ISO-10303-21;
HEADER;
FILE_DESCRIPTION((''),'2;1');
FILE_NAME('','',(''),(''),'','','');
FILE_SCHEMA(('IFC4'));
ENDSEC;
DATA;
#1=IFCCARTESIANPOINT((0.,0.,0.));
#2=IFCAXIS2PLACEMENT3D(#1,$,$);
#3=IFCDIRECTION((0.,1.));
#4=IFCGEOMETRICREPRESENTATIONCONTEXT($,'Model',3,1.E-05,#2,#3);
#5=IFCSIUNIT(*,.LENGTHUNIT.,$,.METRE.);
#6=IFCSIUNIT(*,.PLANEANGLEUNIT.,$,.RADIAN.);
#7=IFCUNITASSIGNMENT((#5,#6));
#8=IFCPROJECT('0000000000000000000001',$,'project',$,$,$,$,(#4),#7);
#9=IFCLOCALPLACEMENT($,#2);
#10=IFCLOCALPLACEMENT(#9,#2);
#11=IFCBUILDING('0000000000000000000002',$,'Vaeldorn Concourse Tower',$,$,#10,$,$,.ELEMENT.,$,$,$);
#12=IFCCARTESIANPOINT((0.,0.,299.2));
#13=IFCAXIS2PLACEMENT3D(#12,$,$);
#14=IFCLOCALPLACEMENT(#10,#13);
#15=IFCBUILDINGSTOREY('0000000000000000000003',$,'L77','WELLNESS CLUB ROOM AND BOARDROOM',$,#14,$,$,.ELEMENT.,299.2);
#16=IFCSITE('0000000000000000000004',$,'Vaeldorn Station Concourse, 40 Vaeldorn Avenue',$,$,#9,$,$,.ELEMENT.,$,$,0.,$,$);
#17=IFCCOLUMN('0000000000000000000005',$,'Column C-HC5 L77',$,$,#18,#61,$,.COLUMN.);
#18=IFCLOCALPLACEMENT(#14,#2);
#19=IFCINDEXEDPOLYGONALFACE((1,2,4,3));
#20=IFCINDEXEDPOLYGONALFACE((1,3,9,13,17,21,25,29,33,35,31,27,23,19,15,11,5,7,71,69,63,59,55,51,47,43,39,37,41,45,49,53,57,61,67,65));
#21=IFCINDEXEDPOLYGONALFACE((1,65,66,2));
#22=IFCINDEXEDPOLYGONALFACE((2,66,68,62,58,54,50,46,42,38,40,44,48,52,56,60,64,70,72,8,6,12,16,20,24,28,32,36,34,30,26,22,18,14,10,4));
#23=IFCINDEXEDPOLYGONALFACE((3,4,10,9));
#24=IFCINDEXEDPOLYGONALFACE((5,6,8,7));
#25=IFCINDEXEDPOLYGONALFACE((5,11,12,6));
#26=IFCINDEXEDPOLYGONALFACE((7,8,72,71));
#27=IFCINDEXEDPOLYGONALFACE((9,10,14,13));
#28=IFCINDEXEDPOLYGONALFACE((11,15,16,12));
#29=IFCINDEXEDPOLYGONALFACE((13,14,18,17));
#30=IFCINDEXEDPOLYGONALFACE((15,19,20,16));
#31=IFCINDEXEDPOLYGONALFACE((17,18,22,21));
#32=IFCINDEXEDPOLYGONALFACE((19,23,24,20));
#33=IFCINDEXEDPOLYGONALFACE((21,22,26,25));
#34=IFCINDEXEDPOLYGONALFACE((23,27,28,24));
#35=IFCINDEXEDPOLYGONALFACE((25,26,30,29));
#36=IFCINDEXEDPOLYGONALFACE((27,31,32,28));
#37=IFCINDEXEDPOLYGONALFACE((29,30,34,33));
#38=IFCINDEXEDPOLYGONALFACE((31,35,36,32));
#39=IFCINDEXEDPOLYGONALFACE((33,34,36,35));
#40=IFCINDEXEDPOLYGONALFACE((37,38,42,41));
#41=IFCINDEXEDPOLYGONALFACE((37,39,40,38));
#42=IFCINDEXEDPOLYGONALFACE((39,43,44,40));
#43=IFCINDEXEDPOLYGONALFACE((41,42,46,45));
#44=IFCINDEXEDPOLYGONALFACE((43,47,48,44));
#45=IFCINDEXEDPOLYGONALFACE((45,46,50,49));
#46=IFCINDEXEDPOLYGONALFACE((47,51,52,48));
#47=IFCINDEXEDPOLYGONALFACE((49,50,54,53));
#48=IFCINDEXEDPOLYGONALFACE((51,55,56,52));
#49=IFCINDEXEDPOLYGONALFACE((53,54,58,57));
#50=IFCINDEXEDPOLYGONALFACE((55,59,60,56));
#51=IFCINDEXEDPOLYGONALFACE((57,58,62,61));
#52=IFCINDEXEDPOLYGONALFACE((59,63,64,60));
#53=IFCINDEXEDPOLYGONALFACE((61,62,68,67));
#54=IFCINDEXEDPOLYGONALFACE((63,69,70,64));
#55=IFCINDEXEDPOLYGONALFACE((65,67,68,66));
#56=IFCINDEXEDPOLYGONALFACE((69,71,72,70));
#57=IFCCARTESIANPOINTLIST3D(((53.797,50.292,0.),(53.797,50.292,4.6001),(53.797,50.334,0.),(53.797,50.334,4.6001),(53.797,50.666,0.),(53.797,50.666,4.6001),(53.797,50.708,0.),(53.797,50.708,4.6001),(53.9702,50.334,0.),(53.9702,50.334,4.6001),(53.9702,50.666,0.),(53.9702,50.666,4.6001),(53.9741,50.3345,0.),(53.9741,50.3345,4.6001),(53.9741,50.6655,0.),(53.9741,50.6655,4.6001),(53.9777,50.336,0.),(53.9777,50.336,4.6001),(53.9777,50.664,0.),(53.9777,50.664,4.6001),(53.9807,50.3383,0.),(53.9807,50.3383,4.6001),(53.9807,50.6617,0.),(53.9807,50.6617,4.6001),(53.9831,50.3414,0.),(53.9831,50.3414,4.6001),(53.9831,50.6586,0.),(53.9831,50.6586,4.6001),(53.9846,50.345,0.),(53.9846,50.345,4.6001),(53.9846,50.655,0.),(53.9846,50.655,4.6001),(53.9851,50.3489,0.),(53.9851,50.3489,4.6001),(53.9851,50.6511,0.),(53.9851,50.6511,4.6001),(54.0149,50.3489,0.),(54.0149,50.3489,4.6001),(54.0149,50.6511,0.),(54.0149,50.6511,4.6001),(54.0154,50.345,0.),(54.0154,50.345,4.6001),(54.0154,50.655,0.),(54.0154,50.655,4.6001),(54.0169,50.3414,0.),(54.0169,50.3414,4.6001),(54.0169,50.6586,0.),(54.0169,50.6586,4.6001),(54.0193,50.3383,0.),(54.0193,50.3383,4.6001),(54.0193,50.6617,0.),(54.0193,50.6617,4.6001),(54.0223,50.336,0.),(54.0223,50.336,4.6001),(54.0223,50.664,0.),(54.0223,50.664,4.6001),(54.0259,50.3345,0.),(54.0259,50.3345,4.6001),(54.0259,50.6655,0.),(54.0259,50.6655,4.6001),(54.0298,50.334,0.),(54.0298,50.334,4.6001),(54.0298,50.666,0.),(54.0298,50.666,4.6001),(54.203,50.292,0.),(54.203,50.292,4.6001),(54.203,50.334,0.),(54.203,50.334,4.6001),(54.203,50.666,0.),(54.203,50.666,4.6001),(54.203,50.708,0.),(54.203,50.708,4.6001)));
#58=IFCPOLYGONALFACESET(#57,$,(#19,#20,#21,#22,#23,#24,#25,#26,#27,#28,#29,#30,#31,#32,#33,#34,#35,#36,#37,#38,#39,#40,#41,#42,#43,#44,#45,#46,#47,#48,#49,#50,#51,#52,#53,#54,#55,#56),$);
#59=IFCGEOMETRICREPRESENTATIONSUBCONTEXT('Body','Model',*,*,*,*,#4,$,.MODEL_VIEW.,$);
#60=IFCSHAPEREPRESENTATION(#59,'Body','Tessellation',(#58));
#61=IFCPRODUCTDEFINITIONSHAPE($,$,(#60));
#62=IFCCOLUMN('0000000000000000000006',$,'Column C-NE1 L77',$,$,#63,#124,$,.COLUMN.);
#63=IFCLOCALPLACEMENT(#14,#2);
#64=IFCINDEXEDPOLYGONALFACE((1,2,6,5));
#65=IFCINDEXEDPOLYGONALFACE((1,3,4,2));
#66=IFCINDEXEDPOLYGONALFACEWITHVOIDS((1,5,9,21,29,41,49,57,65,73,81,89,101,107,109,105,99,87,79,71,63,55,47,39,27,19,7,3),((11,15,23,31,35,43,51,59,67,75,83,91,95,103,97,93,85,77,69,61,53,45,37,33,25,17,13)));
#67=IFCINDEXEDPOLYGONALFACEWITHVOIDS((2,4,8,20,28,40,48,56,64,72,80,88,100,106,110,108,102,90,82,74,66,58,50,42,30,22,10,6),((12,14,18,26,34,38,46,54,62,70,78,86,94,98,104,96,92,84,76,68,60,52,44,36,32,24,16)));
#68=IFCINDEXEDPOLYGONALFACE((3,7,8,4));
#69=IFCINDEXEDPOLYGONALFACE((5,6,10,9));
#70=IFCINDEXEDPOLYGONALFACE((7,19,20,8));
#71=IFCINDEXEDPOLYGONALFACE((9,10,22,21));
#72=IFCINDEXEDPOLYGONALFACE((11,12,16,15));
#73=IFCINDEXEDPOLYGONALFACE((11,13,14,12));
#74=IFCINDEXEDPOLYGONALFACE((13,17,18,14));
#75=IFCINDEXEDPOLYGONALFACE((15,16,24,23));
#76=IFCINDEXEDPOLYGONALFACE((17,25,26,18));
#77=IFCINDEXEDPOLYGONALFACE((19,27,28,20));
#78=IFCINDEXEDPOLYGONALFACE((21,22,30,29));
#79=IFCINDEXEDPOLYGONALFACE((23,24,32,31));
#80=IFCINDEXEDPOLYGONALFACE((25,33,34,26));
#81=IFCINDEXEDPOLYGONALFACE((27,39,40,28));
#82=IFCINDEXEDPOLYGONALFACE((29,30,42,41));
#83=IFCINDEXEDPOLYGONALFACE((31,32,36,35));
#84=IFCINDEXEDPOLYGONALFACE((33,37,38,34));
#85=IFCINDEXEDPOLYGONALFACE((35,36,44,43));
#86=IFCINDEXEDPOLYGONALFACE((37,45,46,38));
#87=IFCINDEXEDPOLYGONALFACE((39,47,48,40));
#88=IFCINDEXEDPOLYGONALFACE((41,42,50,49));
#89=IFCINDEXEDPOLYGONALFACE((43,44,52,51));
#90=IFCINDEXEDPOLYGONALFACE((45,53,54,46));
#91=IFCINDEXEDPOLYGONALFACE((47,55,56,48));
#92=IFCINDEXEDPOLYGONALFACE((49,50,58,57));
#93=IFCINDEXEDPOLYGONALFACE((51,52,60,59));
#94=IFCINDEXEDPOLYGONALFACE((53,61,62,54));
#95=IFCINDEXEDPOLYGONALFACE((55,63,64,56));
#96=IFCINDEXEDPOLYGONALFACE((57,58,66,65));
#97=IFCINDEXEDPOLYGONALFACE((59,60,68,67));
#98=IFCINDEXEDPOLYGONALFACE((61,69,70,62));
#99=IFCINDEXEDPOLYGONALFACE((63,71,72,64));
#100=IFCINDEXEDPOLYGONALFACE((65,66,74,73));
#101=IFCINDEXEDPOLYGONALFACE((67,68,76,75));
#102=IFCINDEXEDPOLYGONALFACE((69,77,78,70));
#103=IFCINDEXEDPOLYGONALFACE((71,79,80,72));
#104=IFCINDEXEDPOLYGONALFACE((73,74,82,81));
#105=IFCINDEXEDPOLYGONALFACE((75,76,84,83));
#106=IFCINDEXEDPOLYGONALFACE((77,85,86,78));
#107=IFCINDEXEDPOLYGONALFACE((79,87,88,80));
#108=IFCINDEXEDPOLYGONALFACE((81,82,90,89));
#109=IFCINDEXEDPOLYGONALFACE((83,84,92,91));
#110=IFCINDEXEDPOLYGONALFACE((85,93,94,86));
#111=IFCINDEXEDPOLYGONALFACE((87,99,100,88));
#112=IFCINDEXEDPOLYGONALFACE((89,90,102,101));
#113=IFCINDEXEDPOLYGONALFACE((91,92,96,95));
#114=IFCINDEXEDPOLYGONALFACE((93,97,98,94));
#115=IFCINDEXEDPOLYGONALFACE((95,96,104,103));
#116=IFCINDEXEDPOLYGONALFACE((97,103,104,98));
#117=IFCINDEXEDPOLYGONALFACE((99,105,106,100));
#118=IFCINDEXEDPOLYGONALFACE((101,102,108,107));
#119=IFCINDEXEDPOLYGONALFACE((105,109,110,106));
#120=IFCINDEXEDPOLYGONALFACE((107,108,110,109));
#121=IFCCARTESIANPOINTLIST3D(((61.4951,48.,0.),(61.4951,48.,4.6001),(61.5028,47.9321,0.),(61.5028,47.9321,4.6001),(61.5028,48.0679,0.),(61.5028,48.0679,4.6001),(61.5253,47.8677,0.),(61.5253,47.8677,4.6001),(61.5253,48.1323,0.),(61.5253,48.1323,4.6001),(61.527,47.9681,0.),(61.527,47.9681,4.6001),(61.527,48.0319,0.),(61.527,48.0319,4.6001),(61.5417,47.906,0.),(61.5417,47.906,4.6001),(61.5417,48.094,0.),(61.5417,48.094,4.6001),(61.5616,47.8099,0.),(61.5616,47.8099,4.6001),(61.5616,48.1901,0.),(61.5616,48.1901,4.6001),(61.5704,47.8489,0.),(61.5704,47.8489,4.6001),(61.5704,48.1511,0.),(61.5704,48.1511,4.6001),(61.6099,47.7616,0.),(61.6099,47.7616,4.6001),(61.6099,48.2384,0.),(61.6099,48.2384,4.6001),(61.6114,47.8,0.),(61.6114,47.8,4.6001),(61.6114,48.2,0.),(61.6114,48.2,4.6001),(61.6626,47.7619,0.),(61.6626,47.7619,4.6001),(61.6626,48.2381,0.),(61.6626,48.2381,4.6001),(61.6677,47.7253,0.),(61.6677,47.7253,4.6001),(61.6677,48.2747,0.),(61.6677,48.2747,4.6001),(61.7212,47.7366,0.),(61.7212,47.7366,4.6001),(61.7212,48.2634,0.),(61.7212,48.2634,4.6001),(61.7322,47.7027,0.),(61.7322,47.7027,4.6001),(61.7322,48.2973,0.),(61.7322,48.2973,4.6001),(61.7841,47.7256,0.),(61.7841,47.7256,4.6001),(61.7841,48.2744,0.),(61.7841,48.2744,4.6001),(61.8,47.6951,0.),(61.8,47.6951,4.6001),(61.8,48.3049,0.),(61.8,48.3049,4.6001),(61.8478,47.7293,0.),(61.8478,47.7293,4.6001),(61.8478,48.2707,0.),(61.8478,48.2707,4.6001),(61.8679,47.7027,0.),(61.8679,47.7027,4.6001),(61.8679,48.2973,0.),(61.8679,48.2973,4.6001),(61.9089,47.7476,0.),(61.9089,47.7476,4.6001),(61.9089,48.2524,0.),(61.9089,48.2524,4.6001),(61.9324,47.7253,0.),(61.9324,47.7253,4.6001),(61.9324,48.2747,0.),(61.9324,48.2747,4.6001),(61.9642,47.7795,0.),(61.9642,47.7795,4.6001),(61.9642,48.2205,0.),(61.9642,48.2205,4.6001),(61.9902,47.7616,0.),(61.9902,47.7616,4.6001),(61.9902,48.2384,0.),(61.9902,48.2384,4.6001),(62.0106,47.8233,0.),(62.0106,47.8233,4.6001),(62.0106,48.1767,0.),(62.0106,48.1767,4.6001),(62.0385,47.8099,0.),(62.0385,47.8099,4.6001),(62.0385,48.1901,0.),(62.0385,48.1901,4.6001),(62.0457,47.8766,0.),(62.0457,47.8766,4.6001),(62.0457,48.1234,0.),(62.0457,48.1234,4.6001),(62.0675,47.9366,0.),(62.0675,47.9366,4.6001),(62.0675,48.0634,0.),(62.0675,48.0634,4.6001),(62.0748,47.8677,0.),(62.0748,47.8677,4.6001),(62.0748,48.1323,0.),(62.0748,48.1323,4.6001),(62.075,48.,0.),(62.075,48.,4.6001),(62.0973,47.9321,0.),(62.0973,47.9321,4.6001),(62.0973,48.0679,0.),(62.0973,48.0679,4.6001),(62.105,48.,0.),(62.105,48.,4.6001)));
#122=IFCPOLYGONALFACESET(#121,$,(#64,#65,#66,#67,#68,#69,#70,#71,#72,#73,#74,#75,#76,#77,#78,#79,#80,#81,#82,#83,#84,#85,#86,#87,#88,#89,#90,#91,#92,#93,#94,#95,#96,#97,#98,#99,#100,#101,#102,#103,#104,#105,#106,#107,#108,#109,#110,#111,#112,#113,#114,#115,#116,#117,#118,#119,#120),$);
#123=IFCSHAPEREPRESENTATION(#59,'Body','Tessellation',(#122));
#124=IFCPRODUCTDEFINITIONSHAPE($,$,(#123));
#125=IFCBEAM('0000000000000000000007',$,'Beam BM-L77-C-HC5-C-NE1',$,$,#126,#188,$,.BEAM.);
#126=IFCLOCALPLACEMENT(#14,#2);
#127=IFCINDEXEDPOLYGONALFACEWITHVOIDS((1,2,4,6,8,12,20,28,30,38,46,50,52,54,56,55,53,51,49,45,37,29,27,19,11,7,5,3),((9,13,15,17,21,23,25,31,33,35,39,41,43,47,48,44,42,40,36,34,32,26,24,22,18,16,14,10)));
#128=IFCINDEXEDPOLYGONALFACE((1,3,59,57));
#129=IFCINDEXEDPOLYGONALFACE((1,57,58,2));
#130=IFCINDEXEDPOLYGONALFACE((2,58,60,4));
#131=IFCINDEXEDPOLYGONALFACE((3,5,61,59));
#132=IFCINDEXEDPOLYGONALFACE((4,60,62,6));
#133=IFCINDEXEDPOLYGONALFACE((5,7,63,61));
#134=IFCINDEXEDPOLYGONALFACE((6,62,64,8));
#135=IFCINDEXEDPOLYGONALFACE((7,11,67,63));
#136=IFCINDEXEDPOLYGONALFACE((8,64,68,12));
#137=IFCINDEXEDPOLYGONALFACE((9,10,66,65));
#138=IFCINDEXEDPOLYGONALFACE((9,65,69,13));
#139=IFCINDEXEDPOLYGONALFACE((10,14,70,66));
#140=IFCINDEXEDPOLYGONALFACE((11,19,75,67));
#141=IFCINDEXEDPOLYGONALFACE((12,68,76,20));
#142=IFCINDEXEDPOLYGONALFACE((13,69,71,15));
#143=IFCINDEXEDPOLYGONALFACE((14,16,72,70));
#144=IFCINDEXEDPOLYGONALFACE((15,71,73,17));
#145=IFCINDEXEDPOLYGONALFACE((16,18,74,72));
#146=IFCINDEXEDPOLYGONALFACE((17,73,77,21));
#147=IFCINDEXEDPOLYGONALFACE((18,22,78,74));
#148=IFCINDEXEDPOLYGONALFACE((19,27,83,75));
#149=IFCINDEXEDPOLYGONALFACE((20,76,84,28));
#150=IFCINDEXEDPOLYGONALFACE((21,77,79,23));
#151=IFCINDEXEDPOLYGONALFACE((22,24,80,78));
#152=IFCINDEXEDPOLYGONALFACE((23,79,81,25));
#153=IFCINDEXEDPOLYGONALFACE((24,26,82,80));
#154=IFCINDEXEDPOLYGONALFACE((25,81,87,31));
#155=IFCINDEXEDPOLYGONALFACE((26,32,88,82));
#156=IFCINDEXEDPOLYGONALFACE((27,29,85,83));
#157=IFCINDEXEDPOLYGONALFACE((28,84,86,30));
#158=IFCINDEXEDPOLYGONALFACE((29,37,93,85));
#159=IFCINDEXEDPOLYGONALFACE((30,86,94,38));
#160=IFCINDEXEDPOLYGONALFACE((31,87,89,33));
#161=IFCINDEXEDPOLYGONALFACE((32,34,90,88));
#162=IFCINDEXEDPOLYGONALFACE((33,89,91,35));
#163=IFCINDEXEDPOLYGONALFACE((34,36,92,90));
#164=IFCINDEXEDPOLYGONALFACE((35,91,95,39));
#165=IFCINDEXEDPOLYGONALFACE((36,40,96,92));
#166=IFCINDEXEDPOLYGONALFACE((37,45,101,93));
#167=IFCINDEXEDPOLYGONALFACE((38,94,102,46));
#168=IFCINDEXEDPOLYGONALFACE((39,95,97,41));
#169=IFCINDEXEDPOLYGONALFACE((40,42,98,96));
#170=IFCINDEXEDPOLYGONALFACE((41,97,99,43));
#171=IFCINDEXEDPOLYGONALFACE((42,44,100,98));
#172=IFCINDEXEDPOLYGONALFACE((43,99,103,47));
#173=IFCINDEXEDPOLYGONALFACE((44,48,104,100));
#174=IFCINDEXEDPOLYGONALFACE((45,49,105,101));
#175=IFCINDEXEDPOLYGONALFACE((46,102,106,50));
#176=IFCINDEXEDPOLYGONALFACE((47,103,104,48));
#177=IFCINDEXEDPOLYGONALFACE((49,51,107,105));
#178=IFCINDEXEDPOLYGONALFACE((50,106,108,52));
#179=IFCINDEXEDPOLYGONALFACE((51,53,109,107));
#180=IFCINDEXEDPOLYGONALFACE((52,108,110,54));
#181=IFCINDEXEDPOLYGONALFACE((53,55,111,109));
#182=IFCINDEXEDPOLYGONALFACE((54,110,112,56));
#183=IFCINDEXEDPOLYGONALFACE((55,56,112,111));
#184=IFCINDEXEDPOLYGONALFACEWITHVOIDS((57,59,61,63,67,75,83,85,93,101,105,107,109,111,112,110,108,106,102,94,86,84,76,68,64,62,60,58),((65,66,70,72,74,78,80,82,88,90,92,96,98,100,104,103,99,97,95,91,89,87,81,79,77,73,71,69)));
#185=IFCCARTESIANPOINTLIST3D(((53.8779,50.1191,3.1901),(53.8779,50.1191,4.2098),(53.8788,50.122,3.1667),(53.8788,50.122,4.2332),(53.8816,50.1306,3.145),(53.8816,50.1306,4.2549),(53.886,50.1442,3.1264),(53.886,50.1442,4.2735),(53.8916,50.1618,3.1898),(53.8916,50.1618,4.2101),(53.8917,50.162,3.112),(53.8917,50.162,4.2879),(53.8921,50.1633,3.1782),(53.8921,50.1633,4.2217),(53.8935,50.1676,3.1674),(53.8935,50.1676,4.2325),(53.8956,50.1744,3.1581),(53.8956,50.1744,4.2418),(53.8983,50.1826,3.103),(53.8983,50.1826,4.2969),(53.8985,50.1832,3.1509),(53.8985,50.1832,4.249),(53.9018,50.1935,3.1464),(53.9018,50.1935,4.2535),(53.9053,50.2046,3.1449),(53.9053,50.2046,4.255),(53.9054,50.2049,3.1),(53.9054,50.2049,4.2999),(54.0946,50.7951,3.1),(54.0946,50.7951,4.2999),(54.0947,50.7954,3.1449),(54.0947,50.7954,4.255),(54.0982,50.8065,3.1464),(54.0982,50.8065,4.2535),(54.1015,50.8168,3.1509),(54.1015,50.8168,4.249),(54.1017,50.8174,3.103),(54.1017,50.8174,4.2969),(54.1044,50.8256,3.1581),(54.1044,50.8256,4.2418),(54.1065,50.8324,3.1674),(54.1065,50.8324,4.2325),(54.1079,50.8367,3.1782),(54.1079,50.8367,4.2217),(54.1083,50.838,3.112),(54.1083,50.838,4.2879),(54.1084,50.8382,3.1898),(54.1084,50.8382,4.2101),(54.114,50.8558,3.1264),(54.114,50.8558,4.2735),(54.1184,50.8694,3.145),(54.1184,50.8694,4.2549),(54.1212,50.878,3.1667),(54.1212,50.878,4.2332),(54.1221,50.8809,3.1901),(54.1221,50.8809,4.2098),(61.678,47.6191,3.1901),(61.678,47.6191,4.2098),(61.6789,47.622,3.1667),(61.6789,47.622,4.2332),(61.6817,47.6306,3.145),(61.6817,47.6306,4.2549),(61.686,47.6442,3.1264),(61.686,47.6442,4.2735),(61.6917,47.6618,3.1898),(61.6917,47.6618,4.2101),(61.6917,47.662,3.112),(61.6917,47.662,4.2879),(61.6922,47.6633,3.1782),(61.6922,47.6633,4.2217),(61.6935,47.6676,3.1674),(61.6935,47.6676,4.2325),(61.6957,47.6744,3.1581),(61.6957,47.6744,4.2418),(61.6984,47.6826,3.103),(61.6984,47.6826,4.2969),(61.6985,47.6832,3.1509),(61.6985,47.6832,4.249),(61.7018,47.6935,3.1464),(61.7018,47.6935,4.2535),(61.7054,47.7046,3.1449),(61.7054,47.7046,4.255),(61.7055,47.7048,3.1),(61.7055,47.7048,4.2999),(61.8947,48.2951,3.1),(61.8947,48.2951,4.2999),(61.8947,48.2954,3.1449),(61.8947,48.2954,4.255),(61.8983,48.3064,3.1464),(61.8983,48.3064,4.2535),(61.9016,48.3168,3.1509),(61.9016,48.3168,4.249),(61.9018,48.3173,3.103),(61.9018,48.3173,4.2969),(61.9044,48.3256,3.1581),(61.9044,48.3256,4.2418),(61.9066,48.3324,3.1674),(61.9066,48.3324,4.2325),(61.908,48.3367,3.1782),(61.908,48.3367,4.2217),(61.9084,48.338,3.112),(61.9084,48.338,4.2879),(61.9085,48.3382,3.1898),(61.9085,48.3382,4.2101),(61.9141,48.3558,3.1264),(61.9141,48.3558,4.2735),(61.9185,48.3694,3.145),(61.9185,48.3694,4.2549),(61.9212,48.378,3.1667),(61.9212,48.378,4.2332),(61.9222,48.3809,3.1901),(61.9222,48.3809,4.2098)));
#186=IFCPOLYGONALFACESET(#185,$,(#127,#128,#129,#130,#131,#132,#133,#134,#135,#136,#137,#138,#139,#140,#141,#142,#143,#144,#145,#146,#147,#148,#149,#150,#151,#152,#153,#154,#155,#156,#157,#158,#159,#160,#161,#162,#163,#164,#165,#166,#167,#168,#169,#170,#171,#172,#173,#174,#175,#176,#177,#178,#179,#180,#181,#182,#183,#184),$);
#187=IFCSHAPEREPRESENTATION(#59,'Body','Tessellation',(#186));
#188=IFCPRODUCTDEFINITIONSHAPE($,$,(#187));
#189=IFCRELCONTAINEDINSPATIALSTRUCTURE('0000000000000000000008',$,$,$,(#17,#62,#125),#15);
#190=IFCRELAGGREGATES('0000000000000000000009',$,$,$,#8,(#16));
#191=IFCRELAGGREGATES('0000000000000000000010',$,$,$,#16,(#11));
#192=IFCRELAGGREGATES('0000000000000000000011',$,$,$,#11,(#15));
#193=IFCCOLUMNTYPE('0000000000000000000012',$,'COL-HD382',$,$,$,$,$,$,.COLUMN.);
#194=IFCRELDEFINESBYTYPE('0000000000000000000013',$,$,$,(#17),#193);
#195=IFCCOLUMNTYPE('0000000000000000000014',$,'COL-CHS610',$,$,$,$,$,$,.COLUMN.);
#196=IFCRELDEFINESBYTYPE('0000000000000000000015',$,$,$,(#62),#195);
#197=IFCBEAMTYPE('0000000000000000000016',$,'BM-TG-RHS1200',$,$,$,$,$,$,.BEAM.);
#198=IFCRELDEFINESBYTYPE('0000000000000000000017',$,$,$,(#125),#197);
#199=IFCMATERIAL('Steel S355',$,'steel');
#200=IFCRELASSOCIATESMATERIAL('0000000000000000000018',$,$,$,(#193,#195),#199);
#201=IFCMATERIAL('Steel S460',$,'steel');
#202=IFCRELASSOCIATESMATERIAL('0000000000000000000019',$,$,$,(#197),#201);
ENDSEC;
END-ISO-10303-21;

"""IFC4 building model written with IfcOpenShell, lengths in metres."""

from ifc_helpers import new_model, si_unit, direction, frame, origin, origin_2d, place, context, subcontext, project, spatial, hollow_rectangle, hollow_circle, i_section, extrude, source, transform, mapped, material, material_profile, profile_set, type_object, element, save


model = new_model("IFC4")

# Units and contexts
model_context = context("Model", 3, precision=1e-05, world=origin(), true_north=direction((0.0, 1.0)))
body_context = subcontext(model_context, "Body", "Model", "MODEL_VIEW")
ifc_project = project(units=[si_unit("LENGTHUNIT", "METRE"), si_unit("PLANEANGLEUNIT", "RADIAN")], contexts=[model_context])

# Site, building, storey
site_placement = place(None, origin())
site = spatial("IfcSite", under=ifc_project, at=site_placement, Name="Vaeldorn Station Concourse, 40 Vaeldorn Avenue", CompositionType="ELEMENT", RefElevation=0.0)
building_placement = place(site_placement, origin())
building = spatial("IfcBuilding", under=site, at=building_placement, Name="Vaeldorn Concourse Tower", CompositionType="ELEMENT")
storey_placement = place(building_placement, frame((0.0, 0.0, 299.2)))
storey = spatial("IfcBuildingStorey", under=building, at=storey_placement, Name="L77", Description="WELLNESS CLUB ROOM AND BOARDROOM", CompositionType="ELEMENT", Elevation=299.2)

# Columns
ifc_material_1 = material(Name="Steel S355", Category="steel")
ifc_material_profile_1 = material_profile(ifc_material_1, i_section(OverallWidth=0.406, OverallDepth=0.416, WebThickness=0.0298, FlangeThickness=0.042, FilletRadius=0.0149, at=origin_2d()), Name="HD 400x382")
ifc_profile_set_1 = profile_set([ifc_material_profile_1], Name="Steel S355")
column_type_1 = type_object("IfcColumnType", Name="COL-HD382", PredefinedType="COLUMN", material=ifc_profile_set_1)
shared_shape_1 = source(origin(), body_context, "Body", "SweptSolid", [
    extrude(i_section(OverallWidth=0.406, OverallDepth=0.416, WebThickness=0.0298, FlangeThickness=0.042, FilletRadius=0.0149, at=origin_2d()), origin(), (0.0, 0.0, 1.0), 4.6001),
])
column_1_placement = place(storey_placement, frame((54.0, 50.5, 0.0), z_axis=(0.0, 0.0, 1.0), x_axis=(1.0, 0.0, 0.0)))
element("IfcColumn", 1, at=column_1_placement, inside=storey, type_object=column_type_1, Name="Column C-HC5 L77", PredefinedType="COLUMN", context=body_context, shape_type="MappedRepresentation", body=[
    mapped(shared_shape_1, transform((0.0, 0.0, 0.0), scale=1.0)),
])
ifc_material_profile_2 = material_profile(ifc_material_1, hollow_circle(Radius=0.3049, WallThickness=0.03, at=origin_2d()), Name="CHS 610x30")
ifc_profile_set_2 = profile_set([ifc_material_profile_2], Name="Steel S355")
column_type_2 = type_object("IfcColumnType", Name="COL-CHS610", PredefinedType="COLUMN", material=ifc_profile_set_2)
shared_shape_2 = source(origin(), body_context, "Body", "SweptSolid", [
    extrude(hollow_circle(Radius=0.3049, WallThickness=0.03, at=origin_2d()), origin(), (0.0, 0.0, 1.0), 4.6001),
])
column_2_placement = place(storey_placement, frame((61.8, 48.0, 0.0), z_axis=(0.0, 0.0, 1.0), x_axis=(1.0, 0.0, 0.0)))
element("IfcColumn", 2, at=column_2_placement, inside=storey, type_object=column_type_2, Name="Column C-NE1 L77", PredefinedType="COLUMN", context=body_context, shape_type="MappedRepresentation", body=[
    mapped(shared_shape_2, transform((0.0, 0.0, 0.0), scale=1.0)),
])

# Beam
ifc_material_2 = material(Name="Steel S460", Category="steel")
ifc_material_profile_3 = material_profile(ifc_material_2, hollow_rectangle(XDim=0.8, YDim=1.2, WallThickness=0.0449, InnerFilletRadius=0.0449, OuterFilletRadius=0.0901, at=origin_2d()), Name="RHS 1200x800x45")
ifc_profile_set_3 = profile_set([ifc_material_profile_3], Name="Steel S460")
beam_type_1 = type_object("IfcBeamType", Name="BM-TG-RHS1200", PredefinedType="BEAM", material=ifc_profile_set_3)
shared_shape_3 = source(origin(), body_context, "Body", "SweptSolid", [
    extrude(hollow_rectangle(XDim=0.8, YDim=1.2, WallThickness=0.0449, InnerFilletRadius=0.0449, OuterFilletRadius=0.0901, at=origin_2d()), origin(), (0.0, 0.0, 1.0), 8.1909),
])
beam_1_placement = place(storey_placement, frame((54.0, 50.5, 3.7), z_axis=(0.952283, -0.305217, 0.0), x_axis=(0.305217, 0.952283, 0.0)))
element("IfcBeam", 3, at=beam_1_placement, inside=storey, type_object=beam_type_1, Name="Beam BM-L77-C-HC5-C-NE1", PredefinedType="BEAM", context=body_context, shape_type="MappedRepresentation", body=[
    mapped(shared_shape_3, transform((0.0, 0.0, 0.0), scale=1.0)),
])

save(model, "model.ifc")
